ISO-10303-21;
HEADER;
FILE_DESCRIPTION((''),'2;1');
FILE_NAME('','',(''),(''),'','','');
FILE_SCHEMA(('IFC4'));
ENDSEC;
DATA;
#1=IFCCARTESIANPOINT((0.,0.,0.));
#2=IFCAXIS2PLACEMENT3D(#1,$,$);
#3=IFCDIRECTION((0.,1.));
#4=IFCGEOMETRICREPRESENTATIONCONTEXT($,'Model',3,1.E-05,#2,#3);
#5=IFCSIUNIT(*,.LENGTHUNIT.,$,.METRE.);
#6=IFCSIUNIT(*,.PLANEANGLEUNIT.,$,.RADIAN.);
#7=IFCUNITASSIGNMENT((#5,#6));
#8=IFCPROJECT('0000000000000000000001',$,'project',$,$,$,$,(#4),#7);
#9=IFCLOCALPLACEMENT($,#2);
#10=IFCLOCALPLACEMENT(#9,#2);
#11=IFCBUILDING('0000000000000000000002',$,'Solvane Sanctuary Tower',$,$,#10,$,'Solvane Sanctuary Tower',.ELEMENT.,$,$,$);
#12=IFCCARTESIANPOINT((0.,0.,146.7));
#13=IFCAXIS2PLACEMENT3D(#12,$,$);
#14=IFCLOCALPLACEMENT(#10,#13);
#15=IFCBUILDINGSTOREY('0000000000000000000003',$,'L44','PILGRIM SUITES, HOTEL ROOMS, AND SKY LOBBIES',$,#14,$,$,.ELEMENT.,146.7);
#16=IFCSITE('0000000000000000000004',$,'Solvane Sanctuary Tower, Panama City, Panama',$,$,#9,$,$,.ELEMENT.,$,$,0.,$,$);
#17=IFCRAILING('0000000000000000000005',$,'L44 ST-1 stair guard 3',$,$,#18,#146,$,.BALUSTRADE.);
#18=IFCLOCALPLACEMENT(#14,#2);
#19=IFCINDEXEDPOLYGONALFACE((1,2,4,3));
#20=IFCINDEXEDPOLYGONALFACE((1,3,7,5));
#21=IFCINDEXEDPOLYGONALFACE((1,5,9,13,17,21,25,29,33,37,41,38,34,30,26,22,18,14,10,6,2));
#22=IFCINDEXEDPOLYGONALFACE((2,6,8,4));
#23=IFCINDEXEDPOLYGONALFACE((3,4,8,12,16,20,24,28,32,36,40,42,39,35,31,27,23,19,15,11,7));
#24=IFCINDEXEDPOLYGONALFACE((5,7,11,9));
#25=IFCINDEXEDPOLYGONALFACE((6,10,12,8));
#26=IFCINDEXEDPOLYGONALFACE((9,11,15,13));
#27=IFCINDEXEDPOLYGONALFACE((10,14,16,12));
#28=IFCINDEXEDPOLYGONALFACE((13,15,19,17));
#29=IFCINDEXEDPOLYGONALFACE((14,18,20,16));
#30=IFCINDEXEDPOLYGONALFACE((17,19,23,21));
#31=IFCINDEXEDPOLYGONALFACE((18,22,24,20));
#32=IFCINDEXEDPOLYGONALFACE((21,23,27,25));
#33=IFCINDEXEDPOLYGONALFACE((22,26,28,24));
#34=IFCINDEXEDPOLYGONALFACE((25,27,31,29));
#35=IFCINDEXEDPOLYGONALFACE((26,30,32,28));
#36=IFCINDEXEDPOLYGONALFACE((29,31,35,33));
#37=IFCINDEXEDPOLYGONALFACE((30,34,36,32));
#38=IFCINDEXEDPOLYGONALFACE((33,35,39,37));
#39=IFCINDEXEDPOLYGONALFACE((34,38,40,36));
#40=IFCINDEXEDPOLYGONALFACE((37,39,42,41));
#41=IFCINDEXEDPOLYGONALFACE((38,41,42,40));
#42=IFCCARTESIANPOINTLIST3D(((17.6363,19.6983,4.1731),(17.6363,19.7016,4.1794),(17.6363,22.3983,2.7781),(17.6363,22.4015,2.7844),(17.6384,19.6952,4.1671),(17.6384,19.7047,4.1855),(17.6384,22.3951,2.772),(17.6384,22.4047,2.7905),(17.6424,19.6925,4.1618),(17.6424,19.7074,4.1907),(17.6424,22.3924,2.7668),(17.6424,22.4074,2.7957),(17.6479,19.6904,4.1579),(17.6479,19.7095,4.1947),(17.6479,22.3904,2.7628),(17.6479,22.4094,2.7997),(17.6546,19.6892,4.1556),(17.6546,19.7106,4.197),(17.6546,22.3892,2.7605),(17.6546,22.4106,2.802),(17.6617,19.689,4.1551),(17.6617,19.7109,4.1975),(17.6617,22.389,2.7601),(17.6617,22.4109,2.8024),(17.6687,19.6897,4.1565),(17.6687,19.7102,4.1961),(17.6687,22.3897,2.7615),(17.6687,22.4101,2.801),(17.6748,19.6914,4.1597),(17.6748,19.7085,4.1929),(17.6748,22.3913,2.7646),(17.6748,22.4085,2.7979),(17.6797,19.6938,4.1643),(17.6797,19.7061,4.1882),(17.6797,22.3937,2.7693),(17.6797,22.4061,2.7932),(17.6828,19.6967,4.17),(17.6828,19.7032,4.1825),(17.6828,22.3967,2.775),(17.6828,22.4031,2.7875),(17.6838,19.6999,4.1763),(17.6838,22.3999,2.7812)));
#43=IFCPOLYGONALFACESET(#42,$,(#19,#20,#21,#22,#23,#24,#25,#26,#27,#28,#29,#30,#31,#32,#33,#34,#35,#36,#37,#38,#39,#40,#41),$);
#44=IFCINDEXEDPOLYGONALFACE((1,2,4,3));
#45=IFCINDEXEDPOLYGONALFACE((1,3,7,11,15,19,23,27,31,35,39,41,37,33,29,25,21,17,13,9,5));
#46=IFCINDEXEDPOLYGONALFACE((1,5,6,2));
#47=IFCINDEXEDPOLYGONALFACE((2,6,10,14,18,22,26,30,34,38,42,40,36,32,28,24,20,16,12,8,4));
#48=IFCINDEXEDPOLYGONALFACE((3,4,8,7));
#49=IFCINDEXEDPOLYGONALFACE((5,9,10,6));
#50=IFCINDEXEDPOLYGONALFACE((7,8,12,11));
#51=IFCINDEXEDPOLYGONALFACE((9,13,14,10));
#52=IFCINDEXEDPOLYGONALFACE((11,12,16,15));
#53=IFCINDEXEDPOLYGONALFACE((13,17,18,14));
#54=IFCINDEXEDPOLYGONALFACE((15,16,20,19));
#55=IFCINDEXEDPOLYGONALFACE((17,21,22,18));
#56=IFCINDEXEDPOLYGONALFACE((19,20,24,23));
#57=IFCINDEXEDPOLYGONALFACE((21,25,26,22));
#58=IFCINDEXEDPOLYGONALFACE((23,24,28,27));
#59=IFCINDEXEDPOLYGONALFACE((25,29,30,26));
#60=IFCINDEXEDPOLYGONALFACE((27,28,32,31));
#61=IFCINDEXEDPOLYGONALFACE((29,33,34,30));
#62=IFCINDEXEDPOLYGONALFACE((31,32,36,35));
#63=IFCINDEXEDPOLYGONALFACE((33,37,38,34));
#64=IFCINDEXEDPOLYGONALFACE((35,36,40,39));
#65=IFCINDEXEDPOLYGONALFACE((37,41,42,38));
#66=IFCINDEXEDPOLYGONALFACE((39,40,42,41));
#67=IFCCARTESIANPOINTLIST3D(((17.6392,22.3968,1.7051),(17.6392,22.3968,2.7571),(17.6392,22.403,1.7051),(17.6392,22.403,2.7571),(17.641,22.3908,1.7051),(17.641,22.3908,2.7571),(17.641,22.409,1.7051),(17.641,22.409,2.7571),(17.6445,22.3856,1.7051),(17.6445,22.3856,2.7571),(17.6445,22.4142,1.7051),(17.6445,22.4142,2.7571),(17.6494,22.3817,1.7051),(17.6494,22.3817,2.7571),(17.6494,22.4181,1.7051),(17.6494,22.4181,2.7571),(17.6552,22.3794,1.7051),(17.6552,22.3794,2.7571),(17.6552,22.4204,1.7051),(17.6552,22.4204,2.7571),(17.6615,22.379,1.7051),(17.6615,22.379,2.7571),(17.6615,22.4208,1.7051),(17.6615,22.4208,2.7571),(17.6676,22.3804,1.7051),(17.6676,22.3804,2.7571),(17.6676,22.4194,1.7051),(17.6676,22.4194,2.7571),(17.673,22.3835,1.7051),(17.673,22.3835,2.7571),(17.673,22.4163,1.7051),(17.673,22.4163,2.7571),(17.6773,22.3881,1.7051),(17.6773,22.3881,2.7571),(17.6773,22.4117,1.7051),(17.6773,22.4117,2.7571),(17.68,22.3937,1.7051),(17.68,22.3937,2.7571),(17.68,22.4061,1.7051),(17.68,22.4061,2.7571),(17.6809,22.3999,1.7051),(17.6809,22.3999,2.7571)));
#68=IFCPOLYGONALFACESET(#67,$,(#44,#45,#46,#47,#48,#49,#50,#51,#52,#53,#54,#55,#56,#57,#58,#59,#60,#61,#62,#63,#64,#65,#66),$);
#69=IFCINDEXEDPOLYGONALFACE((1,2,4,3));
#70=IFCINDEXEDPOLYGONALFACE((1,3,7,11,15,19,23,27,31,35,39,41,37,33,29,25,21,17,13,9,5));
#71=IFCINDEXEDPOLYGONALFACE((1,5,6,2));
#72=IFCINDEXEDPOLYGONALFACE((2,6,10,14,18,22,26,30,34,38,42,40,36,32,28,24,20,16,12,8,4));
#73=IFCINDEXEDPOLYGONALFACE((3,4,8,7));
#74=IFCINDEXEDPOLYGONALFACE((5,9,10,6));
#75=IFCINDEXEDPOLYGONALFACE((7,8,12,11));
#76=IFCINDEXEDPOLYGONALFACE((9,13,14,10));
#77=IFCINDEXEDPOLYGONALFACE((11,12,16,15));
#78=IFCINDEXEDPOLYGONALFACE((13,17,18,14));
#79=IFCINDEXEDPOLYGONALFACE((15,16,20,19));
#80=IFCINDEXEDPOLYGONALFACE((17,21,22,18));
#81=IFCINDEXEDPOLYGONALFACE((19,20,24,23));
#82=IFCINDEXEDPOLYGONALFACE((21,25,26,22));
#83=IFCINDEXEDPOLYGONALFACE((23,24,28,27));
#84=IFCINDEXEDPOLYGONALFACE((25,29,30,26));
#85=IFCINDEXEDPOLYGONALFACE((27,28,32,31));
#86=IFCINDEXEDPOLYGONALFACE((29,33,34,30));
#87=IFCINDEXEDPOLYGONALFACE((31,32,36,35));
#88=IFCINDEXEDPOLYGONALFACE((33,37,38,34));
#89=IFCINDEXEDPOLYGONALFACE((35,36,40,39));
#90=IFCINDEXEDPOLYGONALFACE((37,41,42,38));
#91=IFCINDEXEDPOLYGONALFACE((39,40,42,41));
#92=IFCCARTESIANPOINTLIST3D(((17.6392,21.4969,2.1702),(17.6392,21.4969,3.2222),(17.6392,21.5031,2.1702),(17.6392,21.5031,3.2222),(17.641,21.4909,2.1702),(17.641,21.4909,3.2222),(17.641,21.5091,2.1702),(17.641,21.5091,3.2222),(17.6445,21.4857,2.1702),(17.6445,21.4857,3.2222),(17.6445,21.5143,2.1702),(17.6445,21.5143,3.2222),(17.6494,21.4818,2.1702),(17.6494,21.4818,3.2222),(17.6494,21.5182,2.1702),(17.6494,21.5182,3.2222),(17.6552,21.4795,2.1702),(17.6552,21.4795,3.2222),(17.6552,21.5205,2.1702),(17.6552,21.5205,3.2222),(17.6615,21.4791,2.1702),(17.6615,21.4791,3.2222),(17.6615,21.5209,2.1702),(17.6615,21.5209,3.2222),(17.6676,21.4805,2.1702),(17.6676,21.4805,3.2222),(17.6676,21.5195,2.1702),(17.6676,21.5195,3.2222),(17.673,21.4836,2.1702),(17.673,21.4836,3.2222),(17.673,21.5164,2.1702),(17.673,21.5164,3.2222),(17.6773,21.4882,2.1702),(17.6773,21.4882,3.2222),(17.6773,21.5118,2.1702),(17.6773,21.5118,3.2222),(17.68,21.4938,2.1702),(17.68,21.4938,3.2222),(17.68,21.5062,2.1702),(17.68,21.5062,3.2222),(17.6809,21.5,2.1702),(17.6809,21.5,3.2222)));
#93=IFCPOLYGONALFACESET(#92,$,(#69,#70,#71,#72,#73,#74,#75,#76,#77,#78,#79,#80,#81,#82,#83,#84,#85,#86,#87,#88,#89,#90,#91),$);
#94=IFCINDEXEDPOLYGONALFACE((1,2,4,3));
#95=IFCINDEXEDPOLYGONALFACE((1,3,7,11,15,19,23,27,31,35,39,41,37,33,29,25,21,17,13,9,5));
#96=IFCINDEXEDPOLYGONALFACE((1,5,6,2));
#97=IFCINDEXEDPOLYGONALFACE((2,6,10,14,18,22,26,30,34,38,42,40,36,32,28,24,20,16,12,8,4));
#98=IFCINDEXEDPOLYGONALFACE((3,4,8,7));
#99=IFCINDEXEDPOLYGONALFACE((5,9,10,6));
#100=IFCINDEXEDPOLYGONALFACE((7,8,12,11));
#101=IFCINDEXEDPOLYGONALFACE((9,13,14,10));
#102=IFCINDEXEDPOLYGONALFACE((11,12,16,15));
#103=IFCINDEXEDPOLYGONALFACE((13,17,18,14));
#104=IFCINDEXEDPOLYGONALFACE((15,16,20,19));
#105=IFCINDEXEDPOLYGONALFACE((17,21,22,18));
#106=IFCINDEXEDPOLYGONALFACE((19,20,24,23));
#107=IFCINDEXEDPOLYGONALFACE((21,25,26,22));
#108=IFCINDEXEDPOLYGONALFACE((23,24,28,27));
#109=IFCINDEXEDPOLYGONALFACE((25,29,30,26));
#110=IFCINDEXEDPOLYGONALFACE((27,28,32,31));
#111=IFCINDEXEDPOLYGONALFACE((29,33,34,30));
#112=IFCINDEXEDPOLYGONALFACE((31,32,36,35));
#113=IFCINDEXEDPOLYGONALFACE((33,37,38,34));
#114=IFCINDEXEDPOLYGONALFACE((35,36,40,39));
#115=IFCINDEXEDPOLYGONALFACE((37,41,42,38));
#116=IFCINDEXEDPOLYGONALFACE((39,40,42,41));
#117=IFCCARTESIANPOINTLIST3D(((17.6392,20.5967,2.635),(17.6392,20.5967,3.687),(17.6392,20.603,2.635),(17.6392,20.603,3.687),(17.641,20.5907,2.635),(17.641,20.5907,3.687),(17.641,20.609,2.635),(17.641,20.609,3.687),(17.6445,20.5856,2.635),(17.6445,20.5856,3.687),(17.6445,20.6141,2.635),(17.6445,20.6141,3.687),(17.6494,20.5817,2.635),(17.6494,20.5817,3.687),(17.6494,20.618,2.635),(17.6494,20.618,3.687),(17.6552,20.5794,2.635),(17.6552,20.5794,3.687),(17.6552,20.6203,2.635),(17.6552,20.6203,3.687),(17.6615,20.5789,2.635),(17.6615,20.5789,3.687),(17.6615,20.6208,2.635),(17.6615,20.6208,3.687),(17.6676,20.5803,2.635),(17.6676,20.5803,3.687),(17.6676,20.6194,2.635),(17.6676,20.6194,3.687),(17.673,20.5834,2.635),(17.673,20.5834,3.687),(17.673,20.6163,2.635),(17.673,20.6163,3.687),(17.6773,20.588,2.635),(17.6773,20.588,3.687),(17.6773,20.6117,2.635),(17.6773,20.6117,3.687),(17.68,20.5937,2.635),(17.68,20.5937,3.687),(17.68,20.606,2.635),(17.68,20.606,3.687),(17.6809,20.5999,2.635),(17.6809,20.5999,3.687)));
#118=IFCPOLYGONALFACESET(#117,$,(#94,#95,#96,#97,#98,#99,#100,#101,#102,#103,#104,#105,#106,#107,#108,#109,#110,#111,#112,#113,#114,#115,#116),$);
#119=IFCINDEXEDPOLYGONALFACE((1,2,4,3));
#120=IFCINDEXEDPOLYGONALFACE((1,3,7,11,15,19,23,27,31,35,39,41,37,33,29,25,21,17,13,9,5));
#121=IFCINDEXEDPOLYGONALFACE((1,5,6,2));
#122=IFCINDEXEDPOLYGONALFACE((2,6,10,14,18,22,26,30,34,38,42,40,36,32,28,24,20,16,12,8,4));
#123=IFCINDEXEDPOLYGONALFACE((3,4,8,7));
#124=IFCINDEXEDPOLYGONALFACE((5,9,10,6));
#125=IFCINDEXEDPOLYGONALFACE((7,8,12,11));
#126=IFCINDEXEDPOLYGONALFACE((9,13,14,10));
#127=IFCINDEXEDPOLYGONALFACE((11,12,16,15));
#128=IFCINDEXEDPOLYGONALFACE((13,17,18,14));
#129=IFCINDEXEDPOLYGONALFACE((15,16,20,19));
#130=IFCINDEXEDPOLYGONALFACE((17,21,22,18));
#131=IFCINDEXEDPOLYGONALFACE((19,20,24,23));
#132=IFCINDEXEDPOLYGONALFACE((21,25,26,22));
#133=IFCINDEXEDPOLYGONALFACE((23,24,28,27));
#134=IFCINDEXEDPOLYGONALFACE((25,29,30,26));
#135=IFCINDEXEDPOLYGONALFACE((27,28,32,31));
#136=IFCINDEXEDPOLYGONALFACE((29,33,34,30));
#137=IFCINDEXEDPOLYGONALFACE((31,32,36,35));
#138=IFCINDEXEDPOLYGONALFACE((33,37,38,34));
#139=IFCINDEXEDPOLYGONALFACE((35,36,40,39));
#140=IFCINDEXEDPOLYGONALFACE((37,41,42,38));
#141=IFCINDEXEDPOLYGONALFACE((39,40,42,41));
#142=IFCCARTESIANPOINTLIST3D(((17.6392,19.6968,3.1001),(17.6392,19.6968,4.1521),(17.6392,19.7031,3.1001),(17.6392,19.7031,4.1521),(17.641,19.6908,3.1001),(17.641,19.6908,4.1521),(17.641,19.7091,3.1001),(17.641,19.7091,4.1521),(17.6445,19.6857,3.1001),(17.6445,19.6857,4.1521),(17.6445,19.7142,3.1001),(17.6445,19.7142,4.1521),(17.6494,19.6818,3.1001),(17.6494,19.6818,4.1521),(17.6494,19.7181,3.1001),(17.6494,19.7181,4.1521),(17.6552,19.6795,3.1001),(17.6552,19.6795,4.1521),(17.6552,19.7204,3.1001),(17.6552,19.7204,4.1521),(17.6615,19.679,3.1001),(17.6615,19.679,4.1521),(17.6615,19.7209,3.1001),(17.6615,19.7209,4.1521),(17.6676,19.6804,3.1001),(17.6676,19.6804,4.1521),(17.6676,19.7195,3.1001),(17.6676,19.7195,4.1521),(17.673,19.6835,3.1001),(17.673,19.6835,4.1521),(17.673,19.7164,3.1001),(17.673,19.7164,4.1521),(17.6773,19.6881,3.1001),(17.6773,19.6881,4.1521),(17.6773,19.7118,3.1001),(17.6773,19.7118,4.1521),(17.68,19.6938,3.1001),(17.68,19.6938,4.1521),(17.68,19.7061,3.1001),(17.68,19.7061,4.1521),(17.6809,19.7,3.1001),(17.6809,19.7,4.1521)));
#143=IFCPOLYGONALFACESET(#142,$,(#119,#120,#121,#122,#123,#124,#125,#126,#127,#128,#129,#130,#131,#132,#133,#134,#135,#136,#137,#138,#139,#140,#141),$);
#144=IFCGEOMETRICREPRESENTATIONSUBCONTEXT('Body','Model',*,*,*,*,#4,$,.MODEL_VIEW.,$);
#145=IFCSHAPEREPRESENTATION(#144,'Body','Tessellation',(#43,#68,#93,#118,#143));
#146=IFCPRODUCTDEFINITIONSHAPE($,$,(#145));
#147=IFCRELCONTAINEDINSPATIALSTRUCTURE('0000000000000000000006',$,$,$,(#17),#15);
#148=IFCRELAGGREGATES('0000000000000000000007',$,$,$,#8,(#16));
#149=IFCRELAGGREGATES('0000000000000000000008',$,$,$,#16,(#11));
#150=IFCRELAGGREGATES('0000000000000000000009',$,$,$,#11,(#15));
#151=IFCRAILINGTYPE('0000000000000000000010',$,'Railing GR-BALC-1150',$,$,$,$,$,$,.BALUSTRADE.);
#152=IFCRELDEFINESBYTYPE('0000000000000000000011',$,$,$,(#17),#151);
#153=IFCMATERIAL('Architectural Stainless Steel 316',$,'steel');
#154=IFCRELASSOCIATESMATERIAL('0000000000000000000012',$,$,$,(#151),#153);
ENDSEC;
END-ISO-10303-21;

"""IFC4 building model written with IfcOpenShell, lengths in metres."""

from ifc_helpers import new_model, si_unit, direction, frame, origin, origin_2d, place, context, subcontext, project, spatial, circle, extrude, material, type_object, element, save


model = new_model("IFC4")

# Units and contexts
model_context = context("Model", 3, precision=1e-05, world=origin(), true_north=direction((0.0, 1.0)))
body_context = subcontext(model_context, "Body", "Model", "MODEL_VIEW")
ifc_project = project(units=[si_unit("LENGTHUNIT", "METRE"), si_unit("PLANEANGLEUNIT", "RADIAN")], contexts=[model_context])

# Site, building, storey
site_placement = place(None, origin())
site = spatial("IfcSite", under=ifc_project, at=site_placement, Name="Solvane Sanctuary Tower, Panama City, Panama", CompositionType="ELEMENT", RefElevation=0.0)
building_placement = place(site_placement, origin())
building = spatial("IfcBuilding", under=site, at=building_placement, Name="Solvane Sanctuary Tower", LongName="Solvane Sanctuary Tower", CompositionType="ELEMENT")
storey_placement = place(building_placement, frame((0.0, 0.0, 146.7)))
storey = spatial("IfcBuildingStorey", under=building, at=storey_placement, Name="L44", Description="PILGRIM SUITES, HOTEL ROOMS, AND SKY LOBBIES", CompositionType="ELEMENT", Elevation=146.7)

# Railing
ifc_material_1 = material(Name="Architectural Stainless Steel 316", Category="steel")
railing_type_1 = type_object("IfcRailingType", Name="Railing GR-BALC-1150", PredefinedType="BALUSTRADE", material=ifc_material_1)
railing_1_placement = place(storey_placement, frame((17.6599, 22.3999, 1.7051)))
element("IfcRailing", 1, at=railing_1_placement, inside=storey, type_object=railing_type_1, Name="L44 ST-1 stair guard 3", PredefinedType="BALUSTRADE", context=body_context, shape_type="SweptSolid", body=[
    extrude(circle(Radius=0.0239, at=origin_2d()), frame((0.0, 0.0, 1.0762), z_axis=(0.0, -0.88842, 0.459032), x_axis=(1.0, 0.0, 0.0)), (0.0, 0.0, 1.0), 3.0391),
    extrude(circle(Radius=0.021, at=origin_2d()), origin(), (0.0, 0.0, 1.0), 1.052),
    extrude(circle(Radius=0.021, at=origin_2d()), frame((0.0, -0.8999, 0.4651)), (0.0, 0.0, 1.0), 1.052),
    extrude(circle(Radius=0.021, at=origin_2d()), frame((0.0, -1.8, 0.9299)), (0.0, 0.0, 1.0), 1.052),
    extrude(circle(Radius=0.021, at=origin_2d()), frame((0.0, -2.7, 1.395)), (0.0, 0.0, 1.0), 1.052),
])

save(model, "model.ifc")
